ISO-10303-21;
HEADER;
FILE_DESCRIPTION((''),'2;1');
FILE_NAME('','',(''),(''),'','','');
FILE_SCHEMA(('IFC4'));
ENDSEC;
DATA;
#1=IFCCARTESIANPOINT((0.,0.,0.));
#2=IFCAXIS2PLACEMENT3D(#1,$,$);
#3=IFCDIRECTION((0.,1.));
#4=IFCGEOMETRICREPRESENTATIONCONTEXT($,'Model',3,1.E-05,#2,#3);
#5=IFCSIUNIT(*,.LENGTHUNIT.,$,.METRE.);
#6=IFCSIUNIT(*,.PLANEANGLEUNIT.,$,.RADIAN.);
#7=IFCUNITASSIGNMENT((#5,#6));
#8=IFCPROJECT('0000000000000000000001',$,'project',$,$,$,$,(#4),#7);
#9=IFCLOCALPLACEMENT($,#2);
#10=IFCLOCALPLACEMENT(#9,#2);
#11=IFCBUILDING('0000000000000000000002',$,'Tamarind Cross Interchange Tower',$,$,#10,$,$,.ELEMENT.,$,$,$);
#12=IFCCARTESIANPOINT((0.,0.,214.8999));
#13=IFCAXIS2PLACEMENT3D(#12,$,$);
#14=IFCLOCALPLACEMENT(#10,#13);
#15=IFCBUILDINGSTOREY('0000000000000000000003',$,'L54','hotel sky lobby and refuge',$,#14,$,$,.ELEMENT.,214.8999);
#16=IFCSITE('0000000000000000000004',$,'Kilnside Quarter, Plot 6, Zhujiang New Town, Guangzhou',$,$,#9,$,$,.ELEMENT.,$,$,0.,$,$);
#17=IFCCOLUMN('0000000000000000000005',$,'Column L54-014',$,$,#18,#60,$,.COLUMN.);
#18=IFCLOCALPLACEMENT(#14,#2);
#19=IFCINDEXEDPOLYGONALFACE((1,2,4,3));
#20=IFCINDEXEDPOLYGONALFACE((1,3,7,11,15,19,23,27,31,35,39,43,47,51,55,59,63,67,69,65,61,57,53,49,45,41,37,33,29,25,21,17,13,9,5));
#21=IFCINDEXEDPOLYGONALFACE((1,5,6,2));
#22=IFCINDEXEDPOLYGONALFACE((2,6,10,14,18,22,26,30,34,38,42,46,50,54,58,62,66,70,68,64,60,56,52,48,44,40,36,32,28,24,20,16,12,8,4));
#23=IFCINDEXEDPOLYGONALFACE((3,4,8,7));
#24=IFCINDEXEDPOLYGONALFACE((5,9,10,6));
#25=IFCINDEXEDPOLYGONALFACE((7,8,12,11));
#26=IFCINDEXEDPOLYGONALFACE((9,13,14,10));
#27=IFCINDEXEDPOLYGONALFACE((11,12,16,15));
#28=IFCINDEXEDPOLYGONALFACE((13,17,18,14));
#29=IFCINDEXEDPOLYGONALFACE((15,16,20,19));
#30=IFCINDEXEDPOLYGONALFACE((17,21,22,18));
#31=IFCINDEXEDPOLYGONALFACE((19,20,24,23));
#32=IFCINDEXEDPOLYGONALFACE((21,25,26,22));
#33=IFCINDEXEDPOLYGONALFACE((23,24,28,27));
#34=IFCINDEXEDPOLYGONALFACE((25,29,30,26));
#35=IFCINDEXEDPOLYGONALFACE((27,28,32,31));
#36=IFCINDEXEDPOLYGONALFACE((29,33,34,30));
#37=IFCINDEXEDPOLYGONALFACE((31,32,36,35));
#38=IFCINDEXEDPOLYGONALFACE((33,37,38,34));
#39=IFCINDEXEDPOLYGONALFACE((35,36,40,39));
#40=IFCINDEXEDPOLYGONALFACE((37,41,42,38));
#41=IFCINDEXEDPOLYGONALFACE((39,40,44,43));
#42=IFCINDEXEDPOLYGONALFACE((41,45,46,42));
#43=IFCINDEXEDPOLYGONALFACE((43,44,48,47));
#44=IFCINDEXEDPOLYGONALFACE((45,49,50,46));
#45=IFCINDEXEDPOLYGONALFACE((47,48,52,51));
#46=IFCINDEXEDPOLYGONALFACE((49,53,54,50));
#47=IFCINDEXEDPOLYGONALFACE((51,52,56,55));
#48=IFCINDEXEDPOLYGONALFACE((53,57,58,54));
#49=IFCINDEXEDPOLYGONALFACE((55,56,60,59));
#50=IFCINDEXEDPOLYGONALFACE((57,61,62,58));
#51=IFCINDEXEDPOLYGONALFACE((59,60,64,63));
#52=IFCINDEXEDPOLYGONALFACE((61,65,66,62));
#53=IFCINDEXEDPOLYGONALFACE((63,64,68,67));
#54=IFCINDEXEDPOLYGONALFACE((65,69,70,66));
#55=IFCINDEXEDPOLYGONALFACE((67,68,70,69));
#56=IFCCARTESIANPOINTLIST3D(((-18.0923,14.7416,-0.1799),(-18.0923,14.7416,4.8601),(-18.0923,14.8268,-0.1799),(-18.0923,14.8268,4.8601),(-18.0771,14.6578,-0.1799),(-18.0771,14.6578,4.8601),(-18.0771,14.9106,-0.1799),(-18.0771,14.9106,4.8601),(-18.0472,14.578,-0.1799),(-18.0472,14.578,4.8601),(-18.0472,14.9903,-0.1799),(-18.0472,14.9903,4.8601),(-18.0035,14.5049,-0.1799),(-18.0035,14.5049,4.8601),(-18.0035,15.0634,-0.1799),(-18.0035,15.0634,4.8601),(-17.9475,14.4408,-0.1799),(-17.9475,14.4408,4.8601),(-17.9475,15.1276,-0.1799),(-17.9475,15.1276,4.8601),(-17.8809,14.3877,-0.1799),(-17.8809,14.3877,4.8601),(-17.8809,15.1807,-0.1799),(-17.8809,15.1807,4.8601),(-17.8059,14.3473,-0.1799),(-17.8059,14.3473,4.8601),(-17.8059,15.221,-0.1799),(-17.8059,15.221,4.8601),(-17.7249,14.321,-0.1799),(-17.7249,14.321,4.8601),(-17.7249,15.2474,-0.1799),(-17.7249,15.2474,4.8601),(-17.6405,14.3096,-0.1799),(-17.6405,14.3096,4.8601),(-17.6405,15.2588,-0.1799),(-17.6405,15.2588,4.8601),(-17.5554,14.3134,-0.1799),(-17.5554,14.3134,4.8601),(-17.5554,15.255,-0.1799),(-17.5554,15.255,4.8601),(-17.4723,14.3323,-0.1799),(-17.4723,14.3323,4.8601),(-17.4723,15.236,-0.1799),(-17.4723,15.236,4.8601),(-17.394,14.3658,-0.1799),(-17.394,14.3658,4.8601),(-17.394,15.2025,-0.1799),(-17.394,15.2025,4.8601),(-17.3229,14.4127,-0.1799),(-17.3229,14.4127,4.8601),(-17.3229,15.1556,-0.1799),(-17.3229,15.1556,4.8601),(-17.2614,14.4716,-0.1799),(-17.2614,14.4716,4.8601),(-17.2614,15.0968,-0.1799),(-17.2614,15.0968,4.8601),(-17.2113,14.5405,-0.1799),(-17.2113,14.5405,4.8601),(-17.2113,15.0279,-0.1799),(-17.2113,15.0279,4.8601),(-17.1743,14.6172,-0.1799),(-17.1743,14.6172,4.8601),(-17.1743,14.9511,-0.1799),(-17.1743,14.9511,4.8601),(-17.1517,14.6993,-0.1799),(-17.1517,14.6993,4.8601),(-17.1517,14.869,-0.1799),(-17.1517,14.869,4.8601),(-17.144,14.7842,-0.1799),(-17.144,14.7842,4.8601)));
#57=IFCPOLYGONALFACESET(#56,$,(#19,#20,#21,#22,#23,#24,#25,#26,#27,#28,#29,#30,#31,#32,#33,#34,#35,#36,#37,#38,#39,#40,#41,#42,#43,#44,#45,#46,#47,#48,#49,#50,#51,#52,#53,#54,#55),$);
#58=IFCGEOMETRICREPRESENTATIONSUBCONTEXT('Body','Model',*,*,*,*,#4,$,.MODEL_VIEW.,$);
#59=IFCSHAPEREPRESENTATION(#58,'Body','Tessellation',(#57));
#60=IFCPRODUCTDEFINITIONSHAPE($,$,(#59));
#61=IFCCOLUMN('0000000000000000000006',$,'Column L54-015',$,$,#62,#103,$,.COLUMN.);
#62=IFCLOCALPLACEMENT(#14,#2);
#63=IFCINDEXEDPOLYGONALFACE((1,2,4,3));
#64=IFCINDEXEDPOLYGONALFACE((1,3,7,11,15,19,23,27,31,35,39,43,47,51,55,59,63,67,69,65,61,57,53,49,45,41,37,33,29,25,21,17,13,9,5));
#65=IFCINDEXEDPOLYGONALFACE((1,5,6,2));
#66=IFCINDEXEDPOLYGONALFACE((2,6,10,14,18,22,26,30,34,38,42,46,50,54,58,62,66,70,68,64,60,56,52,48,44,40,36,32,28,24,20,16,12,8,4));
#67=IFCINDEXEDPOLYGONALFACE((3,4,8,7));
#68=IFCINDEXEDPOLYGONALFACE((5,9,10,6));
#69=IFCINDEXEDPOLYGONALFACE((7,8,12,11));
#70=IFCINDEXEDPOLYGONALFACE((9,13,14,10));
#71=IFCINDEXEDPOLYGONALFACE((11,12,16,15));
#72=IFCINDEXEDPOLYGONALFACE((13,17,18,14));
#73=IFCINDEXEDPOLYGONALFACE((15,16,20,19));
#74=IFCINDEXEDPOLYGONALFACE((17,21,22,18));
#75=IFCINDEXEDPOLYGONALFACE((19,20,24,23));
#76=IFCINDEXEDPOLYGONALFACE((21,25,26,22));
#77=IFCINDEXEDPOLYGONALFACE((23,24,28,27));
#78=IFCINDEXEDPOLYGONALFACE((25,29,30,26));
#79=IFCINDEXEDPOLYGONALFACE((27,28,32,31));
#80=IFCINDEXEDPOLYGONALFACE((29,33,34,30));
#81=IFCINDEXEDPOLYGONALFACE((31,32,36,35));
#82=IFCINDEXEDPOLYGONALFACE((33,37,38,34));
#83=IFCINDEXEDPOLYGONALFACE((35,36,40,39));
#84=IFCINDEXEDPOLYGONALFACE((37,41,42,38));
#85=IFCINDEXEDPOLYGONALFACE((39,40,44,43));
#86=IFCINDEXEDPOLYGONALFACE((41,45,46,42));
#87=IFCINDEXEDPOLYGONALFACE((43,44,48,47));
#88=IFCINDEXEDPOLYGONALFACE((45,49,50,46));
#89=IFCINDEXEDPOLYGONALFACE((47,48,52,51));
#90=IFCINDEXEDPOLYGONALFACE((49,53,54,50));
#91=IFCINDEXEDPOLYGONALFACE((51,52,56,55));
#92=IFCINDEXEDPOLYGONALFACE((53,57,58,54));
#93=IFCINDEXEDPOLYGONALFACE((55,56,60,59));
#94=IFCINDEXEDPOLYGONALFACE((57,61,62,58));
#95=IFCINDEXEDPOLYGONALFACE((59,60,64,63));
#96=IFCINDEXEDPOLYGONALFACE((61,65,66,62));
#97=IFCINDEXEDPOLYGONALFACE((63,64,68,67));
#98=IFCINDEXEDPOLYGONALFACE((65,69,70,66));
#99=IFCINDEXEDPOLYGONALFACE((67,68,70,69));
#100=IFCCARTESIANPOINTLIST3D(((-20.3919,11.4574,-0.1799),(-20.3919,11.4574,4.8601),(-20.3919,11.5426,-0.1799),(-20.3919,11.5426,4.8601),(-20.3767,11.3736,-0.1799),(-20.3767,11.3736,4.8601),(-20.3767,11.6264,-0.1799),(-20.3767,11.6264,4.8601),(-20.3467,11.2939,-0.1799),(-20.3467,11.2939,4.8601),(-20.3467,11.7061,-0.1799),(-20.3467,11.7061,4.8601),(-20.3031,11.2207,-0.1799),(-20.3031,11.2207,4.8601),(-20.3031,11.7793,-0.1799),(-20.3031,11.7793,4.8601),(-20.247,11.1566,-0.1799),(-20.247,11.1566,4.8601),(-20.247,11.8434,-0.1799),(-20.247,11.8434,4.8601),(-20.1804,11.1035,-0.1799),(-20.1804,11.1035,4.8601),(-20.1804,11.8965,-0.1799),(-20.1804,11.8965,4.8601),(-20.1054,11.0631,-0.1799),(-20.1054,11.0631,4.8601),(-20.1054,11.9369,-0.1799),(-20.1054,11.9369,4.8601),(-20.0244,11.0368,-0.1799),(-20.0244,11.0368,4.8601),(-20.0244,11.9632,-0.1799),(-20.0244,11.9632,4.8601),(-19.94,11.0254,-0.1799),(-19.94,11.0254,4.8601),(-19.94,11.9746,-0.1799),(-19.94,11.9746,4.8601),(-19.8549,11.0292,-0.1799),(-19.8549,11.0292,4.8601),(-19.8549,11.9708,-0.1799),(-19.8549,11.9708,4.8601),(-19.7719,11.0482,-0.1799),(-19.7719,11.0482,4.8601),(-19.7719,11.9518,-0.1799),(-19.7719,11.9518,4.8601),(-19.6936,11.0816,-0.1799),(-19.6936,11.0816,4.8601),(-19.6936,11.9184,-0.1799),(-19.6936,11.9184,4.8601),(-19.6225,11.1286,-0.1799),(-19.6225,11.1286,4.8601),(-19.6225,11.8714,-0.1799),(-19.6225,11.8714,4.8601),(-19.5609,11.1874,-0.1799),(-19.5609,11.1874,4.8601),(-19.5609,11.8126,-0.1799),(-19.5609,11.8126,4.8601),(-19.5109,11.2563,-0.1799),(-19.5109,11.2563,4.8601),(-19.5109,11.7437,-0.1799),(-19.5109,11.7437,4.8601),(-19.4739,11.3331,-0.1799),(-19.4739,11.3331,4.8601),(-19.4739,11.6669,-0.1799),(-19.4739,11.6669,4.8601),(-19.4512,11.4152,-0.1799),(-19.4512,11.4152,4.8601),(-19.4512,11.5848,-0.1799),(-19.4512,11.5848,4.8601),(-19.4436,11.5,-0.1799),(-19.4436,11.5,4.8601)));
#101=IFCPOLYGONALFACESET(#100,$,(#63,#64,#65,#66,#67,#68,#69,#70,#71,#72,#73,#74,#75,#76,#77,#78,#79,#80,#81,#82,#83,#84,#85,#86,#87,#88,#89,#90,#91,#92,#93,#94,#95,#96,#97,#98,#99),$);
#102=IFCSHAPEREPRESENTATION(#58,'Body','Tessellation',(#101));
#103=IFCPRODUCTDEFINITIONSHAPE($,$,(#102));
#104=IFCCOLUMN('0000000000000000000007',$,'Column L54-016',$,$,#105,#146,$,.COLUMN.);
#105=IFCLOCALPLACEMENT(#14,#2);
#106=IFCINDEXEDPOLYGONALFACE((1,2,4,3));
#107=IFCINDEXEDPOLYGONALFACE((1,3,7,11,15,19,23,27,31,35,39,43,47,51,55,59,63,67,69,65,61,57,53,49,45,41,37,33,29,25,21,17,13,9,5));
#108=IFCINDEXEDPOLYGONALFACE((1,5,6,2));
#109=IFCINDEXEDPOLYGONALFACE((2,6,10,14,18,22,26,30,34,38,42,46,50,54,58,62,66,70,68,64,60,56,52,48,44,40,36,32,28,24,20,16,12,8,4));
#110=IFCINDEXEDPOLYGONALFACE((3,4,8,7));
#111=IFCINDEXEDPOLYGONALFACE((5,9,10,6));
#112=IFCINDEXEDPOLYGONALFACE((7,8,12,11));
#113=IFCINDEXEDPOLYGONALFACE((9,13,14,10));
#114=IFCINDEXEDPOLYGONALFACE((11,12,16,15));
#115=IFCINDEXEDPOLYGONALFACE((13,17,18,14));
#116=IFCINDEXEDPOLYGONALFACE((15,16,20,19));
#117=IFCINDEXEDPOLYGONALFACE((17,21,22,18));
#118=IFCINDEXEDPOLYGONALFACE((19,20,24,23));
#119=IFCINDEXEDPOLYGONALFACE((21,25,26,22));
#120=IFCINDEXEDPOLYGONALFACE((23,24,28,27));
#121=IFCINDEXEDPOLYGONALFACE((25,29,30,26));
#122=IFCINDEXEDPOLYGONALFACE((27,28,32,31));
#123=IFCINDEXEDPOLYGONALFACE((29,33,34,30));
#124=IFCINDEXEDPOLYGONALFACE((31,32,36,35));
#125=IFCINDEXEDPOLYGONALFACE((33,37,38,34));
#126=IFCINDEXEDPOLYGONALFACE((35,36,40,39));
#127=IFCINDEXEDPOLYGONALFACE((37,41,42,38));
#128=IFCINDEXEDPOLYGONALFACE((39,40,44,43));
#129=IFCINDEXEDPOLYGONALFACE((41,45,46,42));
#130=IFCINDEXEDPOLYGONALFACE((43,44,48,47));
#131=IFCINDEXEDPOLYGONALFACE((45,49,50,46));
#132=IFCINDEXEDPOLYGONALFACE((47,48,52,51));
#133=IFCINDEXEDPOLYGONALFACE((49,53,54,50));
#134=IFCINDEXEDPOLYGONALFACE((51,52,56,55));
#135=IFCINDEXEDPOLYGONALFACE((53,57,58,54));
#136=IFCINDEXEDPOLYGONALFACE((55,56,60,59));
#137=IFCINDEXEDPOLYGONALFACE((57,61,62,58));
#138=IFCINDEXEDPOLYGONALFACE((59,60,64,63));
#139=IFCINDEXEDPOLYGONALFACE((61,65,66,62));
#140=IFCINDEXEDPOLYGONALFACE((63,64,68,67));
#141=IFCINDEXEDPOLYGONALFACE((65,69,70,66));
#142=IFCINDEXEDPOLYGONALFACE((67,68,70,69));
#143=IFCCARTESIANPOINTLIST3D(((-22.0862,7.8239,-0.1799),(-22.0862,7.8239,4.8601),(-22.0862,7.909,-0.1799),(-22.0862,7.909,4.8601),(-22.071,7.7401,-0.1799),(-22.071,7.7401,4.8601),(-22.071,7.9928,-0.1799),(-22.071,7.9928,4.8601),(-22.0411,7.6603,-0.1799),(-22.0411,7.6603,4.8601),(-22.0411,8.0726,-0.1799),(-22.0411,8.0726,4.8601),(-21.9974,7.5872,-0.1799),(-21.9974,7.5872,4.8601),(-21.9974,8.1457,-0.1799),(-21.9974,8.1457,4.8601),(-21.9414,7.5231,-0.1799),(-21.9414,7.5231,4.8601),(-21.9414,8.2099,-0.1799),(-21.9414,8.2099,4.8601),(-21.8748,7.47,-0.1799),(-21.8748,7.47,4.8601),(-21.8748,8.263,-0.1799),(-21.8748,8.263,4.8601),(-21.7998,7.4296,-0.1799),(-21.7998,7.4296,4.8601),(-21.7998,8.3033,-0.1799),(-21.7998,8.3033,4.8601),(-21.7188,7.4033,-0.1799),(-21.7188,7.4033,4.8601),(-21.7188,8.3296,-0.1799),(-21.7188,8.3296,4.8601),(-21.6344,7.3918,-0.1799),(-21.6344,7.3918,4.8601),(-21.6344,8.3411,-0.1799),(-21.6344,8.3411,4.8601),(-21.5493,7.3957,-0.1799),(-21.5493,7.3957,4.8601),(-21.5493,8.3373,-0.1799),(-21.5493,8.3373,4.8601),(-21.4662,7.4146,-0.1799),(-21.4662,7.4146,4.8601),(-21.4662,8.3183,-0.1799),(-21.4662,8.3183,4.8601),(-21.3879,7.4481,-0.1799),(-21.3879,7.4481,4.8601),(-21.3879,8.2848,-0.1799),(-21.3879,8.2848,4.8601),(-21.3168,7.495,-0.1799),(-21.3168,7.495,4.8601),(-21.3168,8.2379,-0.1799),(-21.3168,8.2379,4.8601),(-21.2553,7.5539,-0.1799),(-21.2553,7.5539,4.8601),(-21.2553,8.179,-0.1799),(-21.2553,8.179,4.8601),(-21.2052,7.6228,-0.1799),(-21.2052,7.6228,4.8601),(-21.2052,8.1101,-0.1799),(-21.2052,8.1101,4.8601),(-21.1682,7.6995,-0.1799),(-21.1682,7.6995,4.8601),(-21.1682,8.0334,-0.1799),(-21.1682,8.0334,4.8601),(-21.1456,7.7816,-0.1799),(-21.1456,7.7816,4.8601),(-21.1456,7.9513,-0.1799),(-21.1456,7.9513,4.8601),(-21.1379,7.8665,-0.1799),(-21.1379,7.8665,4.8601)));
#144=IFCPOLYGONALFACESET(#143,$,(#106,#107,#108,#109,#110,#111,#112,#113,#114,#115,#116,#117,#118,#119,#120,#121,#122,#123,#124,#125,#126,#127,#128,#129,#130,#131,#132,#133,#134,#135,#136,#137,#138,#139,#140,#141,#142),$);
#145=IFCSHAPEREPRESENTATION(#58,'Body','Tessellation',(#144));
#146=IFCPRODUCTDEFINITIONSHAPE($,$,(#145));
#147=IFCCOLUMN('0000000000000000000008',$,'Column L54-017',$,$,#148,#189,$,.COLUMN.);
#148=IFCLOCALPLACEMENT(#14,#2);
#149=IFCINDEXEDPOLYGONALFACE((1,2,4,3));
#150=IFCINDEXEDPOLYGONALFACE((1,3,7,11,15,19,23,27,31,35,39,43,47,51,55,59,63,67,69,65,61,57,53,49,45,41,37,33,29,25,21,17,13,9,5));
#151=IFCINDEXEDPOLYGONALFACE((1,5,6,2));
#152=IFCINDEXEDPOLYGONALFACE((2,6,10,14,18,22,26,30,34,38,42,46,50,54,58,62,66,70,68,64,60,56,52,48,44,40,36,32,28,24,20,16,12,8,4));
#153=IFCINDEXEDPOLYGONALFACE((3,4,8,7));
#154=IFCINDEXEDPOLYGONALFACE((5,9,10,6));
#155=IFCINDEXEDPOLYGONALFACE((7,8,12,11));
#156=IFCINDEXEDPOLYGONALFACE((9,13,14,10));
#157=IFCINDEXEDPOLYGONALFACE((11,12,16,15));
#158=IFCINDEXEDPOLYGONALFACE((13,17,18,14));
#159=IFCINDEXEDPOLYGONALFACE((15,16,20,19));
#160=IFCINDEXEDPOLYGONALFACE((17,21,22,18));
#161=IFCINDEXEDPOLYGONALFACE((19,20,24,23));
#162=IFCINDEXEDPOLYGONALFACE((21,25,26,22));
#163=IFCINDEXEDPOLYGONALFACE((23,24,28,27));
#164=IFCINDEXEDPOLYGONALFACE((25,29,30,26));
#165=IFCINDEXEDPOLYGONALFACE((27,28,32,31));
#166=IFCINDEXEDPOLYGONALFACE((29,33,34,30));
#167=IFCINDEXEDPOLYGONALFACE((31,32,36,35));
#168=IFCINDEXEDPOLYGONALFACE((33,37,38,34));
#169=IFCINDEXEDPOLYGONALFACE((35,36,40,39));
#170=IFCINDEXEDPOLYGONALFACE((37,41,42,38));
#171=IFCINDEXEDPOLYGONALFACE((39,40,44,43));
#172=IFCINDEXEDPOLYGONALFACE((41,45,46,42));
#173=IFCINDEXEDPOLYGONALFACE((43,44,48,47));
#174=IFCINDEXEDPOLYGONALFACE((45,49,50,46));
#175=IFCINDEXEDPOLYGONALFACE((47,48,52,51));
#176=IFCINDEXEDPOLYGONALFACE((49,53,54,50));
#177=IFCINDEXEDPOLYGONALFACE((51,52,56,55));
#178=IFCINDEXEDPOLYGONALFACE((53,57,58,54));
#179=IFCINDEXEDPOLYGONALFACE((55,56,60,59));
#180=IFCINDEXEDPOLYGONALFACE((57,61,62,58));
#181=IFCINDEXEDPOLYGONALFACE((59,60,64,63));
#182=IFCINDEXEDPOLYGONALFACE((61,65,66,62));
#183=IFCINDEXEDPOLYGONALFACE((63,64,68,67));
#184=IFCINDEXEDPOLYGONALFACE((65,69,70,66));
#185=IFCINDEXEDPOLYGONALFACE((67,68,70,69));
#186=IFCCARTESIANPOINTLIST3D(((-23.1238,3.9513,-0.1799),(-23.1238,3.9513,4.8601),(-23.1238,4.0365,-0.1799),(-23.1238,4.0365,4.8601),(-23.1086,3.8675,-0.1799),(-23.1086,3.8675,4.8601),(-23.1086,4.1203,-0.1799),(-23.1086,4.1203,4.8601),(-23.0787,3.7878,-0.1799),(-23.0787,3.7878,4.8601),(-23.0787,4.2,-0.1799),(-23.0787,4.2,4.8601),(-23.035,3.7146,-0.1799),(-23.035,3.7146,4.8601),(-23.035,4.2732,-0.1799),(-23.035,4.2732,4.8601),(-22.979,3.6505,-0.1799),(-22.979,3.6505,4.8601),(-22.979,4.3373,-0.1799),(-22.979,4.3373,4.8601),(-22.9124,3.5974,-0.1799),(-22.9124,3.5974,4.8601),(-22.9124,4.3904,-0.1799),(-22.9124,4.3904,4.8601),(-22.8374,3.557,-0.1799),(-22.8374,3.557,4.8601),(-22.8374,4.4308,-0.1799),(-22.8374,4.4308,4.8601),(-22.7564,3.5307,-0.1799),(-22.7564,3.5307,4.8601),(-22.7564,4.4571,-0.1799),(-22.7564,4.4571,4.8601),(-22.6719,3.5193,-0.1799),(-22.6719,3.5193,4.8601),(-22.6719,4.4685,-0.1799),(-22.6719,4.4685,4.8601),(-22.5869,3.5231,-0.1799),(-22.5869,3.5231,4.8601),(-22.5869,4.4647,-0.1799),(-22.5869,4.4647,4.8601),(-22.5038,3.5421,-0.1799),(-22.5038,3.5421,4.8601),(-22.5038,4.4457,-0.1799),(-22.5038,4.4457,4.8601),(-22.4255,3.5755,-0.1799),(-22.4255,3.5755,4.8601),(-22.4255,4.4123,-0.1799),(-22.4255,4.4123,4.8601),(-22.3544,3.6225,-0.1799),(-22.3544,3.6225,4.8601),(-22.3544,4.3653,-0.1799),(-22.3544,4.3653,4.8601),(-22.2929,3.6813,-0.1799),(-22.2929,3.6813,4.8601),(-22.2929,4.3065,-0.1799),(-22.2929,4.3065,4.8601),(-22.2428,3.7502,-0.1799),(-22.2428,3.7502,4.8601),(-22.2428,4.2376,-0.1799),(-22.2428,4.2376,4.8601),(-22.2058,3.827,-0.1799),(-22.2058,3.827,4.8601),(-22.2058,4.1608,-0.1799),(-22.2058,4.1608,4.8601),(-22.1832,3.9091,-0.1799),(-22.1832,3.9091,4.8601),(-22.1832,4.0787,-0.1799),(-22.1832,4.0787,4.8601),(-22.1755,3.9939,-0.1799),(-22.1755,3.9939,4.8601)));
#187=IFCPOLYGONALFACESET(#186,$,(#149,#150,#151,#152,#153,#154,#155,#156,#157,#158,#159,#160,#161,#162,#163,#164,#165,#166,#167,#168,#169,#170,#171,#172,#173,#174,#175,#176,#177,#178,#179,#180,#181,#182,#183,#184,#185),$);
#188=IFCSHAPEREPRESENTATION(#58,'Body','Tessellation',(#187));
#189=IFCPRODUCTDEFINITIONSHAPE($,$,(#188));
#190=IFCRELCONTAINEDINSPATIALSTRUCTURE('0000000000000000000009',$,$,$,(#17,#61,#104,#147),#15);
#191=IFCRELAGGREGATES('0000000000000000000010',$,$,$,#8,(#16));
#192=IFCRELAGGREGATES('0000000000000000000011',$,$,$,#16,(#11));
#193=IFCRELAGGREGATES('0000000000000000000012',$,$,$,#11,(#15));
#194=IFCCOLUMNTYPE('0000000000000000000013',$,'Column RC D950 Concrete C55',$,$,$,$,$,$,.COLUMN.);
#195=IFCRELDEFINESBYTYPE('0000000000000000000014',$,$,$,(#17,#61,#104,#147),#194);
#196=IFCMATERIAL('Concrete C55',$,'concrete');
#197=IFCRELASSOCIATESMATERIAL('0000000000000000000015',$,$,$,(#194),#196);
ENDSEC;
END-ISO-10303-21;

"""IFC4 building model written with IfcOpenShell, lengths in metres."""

from ifc_helpers import new_model, si_unit, direction, frame, origin, origin_2d, place, context, subcontext, project, spatial, circle, extrude, material, material_profile, profile_set, type_object, element, save


model = new_model("IFC4")

# Units and contexts
model_context = context("Model", 3, precision=1e-05, world=origin(), true_north=direction((0.0, 1.0)))
body_context = subcontext(model_context, "Body", "Model", "MODEL_VIEW")
ifc_project = project(units=[si_unit("LENGTHUNIT", "METRE"), si_unit("PLANEANGLEUNIT", "RADIAN")], contexts=[model_context])

# Site, building, storey
site_placement = place(None, origin())
site = spatial("IfcSite", under=ifc_project, at=site_placement, Name="Kilnside Quarter, Plot 6, Zhujiang New Town, Guangzhou", CompositionType="ELEMENT", RefElevation=0.0)
building_placement = place(site_placement, origin())
building = spatial("IfcBuilding", under=site, at=building_placement, Name="Tamarind Cross Interchange Tower", CompositionType="ELEMENT")
storey_placement = place(building_placement, frame((0.0, 0.0, 214.8999)))
storey = spatial("IfcBuildingStorey", under=building, at=storey_placement, Name="L54", Description="hotel sky lobby and refuge", CompositionType="ELEMENT", Elevation=214.8999)

# Columns
ifc_material_1 = material(Name="Concrete C55", Category="concrete")
ifc_material_profile_1 = material_profile(ifc_material_1, circle(Radius=0.4751, at=origin_2d()), Name="RC D950")
ifc_profile_set_1 = profile_set([ifc_material_profile_1], Name="Concrete C55")
column_type = type_object("IfcColumnType", Name="Column RC D950 Concrete C55", PredefinedType="COLUMN", material=ifc_profile_set_1)
for number, where, z_axis, x_axis, name in (
    (1, (-17.6191, 14.7842, -0.1799), (0.0, 0.0, 1.0), (1.0, 0.0, 0.0), "Column L54-014"),
    (2, (-19.9187, 11.5, -0.1799), (0.0, 0.0, 1.0), (1.0, 0.0, 0.0), "Column L54-015"),
    (3, (-21.613, 7.8665, -0.1799), (0.0, 0.0, 1.0), (1.0, 0.0, 0.0), "Column L54-016"),
    (4, (-22.6506, 3.9939, -0.1799), (0.0, 0.0, 1.0), (1.0, 0.0, 0.0), "Column L54-017"),
):
    element("IfcColumn", number, at=place(storey_placement, frame(where, z_axis=z_axis, x_axis=x_axis)), inside=storey, type_object=column_type, Name=name, PredefinedType="COLUMN", context=body_context, shape_type="SweptSolid", body=[
        extrude(circle(Radius=0.4751, at=origin_2d()), origin(), (0.0, 0.0, 1.0), 5.04),
    ])

save(model, "model.ifc")
